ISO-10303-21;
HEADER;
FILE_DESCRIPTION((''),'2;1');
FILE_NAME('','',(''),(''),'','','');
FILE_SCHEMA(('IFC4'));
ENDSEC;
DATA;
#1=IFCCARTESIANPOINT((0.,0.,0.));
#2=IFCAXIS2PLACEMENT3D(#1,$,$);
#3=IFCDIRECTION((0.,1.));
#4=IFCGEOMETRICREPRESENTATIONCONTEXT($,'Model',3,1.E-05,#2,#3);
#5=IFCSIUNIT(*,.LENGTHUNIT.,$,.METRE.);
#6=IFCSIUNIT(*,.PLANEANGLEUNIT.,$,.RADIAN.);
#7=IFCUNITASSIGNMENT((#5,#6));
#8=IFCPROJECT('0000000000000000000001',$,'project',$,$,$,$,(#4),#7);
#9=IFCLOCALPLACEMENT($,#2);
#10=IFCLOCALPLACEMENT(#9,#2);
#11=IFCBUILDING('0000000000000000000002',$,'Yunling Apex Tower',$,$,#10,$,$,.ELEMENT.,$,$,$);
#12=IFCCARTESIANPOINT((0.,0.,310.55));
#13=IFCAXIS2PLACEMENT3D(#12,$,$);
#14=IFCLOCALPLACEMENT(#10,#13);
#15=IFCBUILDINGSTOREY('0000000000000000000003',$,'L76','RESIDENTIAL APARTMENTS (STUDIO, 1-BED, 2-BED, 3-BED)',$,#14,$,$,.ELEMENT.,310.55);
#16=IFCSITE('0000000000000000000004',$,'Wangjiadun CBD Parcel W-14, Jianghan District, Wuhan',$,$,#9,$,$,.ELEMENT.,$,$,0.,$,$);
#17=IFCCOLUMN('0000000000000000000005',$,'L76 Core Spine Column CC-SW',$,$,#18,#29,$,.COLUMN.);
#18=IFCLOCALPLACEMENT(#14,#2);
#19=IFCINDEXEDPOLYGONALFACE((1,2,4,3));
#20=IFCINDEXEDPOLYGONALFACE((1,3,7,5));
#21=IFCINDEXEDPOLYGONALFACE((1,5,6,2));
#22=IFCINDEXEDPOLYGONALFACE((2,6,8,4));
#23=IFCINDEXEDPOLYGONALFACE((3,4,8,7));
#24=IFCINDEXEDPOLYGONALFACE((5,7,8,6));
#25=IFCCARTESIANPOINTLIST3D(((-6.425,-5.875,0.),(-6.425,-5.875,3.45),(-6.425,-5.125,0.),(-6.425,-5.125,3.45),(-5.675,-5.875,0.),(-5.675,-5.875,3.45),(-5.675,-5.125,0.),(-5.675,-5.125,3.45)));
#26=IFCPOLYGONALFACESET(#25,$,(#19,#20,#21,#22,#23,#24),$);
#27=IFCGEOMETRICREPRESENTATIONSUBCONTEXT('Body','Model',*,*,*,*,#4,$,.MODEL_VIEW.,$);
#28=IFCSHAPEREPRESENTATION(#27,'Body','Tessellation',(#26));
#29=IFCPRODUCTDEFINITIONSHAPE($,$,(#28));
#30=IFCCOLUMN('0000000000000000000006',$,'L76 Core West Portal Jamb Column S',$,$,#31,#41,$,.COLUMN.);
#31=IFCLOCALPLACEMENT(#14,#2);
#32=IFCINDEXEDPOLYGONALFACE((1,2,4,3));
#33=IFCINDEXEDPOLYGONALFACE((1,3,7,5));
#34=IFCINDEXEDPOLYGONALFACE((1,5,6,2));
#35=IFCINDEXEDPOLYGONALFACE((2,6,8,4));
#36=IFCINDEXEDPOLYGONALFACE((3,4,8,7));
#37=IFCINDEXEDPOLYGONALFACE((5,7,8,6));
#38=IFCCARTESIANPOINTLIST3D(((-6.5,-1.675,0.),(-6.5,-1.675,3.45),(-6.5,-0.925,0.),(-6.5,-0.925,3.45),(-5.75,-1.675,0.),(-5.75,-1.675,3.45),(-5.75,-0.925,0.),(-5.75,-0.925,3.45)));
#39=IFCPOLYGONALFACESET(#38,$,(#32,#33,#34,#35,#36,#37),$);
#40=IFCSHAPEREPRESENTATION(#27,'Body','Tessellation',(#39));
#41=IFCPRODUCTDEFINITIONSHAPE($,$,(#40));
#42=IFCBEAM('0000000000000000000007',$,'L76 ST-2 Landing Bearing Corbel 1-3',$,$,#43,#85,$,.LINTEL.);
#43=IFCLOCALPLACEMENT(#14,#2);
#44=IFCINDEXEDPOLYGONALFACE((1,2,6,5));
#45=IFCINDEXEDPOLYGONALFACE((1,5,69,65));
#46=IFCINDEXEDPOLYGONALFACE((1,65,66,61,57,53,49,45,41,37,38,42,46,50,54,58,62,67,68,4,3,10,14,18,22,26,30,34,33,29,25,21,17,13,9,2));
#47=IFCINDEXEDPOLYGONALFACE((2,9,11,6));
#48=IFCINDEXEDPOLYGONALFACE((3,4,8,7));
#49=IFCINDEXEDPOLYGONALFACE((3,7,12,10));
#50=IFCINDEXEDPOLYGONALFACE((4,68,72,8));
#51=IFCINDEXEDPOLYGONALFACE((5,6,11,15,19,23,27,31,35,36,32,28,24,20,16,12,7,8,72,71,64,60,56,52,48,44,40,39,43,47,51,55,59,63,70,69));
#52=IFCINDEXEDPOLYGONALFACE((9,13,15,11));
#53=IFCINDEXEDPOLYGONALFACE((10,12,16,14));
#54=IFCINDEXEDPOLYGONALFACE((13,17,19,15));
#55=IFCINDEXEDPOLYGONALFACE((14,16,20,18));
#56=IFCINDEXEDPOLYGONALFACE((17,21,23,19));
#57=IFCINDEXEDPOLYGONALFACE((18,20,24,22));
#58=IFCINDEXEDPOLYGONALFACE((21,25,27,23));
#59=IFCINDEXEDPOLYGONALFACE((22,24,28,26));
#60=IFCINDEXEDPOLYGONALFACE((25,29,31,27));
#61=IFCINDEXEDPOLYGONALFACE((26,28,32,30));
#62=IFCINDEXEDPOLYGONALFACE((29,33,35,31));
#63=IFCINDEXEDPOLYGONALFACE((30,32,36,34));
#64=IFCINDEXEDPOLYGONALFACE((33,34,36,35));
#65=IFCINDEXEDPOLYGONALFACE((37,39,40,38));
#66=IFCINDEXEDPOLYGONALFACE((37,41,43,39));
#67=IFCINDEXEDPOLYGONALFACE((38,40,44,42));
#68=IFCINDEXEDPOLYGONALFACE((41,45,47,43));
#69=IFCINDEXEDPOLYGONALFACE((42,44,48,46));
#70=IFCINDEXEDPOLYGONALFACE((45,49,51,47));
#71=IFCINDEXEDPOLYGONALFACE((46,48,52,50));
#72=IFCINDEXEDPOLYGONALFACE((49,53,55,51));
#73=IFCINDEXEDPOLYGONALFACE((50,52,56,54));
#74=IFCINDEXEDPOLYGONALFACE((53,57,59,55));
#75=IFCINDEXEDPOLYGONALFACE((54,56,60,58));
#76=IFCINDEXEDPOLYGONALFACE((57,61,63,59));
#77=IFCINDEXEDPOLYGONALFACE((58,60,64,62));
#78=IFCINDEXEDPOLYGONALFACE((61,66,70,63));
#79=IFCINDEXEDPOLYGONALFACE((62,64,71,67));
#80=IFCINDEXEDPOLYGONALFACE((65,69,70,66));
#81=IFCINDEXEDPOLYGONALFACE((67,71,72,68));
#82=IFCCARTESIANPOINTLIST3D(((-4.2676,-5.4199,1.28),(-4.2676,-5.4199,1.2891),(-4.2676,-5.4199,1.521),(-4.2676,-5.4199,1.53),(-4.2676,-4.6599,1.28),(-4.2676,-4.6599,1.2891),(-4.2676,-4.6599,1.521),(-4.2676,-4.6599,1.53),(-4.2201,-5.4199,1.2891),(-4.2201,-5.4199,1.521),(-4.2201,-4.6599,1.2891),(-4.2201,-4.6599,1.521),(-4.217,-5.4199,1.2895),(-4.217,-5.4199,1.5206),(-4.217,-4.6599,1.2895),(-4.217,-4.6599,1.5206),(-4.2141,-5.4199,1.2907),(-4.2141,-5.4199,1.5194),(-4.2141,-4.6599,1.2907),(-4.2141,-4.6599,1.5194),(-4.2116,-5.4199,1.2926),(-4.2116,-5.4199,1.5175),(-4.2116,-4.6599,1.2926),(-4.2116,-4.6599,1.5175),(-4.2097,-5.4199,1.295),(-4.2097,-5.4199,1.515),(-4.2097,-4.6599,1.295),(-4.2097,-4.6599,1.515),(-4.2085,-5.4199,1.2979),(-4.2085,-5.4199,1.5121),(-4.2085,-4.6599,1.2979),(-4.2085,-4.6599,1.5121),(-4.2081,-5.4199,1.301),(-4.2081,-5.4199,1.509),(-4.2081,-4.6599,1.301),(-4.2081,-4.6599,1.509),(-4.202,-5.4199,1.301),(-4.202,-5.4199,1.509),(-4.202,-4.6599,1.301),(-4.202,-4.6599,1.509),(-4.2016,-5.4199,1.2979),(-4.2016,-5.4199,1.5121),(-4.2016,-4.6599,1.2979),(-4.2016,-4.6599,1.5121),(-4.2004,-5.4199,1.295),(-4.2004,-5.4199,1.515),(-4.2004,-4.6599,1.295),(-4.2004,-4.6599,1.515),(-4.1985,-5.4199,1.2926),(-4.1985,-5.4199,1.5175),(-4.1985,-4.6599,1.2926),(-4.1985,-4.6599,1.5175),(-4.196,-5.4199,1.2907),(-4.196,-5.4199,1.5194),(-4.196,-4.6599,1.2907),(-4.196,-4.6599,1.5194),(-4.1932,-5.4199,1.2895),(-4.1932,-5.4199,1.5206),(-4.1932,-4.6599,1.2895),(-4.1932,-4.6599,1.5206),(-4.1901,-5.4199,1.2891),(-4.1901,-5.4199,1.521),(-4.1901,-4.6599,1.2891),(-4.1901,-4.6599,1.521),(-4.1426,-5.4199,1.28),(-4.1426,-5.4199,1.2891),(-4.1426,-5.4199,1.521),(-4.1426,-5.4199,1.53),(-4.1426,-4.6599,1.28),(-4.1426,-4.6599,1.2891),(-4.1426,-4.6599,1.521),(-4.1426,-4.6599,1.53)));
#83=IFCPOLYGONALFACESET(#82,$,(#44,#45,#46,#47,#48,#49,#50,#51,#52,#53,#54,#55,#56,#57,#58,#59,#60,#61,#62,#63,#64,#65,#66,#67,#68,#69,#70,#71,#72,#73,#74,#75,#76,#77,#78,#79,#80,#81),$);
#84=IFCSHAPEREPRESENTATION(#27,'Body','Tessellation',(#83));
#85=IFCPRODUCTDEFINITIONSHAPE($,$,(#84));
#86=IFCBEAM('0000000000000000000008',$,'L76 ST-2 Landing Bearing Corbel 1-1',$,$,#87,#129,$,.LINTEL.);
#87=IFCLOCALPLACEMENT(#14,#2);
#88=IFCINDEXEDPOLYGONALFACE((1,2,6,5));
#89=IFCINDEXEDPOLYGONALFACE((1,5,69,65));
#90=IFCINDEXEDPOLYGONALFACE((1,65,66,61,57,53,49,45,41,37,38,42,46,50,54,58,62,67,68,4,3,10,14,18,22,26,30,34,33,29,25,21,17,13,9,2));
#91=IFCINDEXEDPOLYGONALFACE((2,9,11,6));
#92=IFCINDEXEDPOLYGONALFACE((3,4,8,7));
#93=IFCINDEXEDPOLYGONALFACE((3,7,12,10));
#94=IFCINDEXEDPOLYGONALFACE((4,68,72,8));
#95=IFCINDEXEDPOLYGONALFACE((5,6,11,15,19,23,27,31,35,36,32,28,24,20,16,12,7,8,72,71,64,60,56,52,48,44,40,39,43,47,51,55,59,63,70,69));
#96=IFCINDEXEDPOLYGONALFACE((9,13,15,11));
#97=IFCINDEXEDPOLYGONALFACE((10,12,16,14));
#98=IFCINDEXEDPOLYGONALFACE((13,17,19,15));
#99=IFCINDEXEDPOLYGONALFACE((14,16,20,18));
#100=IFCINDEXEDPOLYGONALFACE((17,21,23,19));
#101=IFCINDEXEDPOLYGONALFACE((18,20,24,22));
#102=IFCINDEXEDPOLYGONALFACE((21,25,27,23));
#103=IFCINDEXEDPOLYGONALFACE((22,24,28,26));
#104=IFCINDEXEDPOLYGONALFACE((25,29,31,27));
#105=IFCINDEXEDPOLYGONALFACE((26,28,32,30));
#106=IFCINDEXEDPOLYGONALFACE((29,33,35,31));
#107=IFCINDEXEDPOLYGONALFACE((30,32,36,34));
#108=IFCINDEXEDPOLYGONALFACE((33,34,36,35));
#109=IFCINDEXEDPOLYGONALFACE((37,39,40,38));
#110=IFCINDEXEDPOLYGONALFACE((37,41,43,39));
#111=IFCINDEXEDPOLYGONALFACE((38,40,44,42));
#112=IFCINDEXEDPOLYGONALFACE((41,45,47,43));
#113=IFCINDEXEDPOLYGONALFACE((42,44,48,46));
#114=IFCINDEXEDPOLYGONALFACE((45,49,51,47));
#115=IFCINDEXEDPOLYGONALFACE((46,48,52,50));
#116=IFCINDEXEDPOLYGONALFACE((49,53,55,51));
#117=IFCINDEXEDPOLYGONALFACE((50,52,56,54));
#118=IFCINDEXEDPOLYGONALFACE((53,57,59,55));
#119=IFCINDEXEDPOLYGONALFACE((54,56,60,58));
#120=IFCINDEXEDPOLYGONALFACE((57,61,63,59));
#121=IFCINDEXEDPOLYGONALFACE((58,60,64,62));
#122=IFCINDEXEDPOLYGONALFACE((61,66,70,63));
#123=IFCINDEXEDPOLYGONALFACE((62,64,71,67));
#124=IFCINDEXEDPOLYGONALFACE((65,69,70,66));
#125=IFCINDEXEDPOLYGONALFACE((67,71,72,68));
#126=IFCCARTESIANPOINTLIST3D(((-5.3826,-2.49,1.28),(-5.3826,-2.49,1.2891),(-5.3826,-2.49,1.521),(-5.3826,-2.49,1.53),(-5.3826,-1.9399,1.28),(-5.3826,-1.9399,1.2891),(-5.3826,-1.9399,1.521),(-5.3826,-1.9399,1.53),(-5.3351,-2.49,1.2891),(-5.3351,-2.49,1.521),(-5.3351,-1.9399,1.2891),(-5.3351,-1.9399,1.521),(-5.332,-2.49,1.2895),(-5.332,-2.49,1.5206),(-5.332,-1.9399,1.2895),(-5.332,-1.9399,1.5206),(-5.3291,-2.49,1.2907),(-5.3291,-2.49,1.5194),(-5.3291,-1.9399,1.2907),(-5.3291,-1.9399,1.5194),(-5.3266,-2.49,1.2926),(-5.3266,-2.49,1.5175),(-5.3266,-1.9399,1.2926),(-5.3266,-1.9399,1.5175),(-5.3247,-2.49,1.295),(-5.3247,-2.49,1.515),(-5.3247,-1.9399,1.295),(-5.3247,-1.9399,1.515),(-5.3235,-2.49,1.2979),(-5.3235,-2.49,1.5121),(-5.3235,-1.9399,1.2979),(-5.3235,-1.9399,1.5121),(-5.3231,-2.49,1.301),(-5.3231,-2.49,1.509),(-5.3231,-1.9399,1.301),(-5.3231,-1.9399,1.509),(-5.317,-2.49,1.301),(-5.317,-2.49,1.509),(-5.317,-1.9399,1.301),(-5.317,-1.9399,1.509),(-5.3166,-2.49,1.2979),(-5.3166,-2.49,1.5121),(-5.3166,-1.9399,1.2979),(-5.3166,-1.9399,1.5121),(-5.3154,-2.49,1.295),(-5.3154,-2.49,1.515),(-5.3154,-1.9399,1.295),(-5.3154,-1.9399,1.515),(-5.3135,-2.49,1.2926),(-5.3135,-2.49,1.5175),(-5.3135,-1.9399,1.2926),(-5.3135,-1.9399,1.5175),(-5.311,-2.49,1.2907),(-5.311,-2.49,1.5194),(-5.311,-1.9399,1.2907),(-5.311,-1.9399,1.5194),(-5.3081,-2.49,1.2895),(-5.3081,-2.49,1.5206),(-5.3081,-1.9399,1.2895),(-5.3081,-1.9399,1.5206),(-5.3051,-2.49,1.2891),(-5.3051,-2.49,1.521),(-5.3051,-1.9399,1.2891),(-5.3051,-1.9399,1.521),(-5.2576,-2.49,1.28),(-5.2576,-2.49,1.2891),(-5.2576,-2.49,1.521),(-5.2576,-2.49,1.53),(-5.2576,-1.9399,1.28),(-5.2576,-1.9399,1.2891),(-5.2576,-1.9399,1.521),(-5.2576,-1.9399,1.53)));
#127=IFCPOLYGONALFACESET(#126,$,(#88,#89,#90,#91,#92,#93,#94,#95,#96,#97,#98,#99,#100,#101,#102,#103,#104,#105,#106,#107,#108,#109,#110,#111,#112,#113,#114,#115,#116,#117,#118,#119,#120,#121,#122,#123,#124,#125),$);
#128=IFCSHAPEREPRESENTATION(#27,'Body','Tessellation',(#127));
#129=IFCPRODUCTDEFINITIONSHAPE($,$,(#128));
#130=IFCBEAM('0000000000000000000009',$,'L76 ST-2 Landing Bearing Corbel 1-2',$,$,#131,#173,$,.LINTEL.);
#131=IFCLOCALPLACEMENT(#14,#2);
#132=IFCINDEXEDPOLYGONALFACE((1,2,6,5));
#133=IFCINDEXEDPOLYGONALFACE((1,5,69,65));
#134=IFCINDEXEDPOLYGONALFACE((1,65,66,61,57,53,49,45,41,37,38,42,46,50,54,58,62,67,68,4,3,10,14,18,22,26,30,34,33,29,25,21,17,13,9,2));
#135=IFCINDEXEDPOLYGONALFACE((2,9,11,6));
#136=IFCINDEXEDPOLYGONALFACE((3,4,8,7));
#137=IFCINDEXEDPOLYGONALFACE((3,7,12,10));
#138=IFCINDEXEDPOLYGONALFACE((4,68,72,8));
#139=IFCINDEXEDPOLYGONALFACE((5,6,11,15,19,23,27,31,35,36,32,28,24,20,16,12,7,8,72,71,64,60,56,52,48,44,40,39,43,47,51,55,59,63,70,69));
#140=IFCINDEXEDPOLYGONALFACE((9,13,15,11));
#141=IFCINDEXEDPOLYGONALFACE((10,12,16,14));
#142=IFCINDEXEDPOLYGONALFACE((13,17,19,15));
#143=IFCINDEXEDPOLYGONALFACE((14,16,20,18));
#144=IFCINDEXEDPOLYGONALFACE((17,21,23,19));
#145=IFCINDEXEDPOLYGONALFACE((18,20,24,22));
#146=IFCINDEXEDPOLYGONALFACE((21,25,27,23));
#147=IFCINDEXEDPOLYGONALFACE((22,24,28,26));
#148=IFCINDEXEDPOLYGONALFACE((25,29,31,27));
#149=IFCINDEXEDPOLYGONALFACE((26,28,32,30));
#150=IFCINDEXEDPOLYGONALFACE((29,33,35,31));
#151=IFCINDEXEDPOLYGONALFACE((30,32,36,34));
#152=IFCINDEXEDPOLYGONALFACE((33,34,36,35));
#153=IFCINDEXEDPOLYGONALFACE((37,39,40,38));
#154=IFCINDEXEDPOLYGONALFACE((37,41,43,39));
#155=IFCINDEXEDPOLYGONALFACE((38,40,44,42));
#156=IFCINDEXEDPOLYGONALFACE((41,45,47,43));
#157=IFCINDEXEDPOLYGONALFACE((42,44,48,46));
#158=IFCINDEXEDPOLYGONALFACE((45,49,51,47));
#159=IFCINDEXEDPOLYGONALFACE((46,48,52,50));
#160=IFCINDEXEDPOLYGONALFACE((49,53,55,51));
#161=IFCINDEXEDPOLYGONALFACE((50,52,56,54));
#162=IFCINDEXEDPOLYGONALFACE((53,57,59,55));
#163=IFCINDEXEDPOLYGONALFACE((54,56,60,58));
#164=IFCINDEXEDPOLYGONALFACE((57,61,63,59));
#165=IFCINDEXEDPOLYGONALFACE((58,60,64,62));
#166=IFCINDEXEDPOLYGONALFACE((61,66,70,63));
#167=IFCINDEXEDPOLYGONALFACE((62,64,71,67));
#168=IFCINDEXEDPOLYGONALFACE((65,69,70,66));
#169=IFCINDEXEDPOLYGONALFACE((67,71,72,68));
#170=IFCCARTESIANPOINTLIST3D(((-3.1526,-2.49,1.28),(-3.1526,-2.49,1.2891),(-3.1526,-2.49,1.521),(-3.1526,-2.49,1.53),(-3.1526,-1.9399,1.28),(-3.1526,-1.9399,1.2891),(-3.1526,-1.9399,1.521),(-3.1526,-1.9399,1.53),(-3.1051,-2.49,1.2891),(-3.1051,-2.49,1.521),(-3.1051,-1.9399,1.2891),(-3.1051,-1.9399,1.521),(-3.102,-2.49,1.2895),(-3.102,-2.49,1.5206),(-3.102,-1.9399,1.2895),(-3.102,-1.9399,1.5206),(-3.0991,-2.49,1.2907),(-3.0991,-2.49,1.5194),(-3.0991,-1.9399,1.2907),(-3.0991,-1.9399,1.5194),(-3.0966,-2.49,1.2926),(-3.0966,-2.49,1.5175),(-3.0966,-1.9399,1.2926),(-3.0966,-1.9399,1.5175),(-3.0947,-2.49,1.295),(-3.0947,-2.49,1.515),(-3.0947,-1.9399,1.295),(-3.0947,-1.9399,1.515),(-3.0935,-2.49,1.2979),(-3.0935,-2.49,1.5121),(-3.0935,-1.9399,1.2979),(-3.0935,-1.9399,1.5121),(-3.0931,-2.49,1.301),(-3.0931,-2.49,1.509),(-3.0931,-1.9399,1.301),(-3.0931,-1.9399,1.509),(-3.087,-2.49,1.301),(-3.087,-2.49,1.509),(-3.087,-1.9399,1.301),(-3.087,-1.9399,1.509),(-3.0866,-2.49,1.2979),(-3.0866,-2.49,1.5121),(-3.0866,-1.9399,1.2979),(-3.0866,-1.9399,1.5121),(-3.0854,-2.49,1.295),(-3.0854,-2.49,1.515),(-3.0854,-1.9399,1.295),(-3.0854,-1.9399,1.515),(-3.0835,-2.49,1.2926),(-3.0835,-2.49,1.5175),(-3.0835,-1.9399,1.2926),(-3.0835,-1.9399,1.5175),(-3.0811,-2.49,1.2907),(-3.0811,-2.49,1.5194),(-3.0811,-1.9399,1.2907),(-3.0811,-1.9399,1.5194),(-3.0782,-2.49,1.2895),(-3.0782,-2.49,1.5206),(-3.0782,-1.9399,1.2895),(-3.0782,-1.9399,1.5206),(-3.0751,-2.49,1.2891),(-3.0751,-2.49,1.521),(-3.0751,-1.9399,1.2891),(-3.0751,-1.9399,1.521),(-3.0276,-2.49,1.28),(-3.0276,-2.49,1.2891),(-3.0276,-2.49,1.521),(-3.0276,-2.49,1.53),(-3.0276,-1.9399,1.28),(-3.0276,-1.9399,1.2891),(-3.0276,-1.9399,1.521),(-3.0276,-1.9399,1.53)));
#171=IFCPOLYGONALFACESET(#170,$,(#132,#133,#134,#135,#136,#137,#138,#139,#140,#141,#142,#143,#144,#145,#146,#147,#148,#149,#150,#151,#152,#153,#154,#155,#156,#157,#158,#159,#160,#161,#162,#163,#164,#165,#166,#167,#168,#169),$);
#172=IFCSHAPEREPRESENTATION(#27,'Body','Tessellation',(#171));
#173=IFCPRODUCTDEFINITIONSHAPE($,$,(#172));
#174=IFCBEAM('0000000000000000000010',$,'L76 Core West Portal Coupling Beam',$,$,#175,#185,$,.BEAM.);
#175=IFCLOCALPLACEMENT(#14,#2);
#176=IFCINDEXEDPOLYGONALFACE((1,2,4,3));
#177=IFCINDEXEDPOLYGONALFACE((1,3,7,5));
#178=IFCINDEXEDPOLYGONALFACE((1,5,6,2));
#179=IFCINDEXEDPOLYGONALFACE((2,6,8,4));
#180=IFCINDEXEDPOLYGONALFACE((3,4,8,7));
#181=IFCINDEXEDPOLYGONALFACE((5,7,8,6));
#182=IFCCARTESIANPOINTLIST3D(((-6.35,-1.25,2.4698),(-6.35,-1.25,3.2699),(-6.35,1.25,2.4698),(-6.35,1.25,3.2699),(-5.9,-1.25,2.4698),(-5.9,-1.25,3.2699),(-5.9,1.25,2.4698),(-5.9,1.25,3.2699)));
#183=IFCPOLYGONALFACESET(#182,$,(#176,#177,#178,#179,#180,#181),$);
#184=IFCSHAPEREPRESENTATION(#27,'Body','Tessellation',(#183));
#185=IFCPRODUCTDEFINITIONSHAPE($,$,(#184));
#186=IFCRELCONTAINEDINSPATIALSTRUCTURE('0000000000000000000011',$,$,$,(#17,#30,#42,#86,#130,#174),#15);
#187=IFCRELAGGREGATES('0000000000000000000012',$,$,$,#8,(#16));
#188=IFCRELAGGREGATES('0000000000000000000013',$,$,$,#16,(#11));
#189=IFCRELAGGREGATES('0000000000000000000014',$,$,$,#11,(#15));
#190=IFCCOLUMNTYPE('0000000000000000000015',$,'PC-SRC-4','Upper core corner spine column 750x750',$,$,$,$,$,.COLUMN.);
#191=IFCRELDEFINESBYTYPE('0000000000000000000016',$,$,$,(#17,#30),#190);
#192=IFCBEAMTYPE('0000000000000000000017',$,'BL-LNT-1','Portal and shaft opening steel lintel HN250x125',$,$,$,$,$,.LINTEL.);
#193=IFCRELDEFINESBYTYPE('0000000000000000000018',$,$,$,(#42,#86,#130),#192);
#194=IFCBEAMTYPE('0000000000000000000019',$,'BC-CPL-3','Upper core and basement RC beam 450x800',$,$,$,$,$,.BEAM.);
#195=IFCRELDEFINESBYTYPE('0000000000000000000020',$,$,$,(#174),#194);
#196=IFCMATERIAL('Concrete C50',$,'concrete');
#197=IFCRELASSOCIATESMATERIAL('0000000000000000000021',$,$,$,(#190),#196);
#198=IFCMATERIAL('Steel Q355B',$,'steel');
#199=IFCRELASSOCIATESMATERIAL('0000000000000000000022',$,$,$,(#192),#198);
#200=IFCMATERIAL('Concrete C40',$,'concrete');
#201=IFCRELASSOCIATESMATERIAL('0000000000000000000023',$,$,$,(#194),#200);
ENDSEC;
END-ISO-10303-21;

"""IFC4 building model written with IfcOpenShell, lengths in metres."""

from ifc_helpers import new_model, si_unit, direction, frame, origin, origin_2d, place, context, subcontext, project, spatial, rectangle, i_section, extrude, source, transform, mapped, material, material_profile, profile_set, type_object, element, save


model = new_model("IFC4")

# Units and contexts
model_context = context("Model", 3, precision=1e-05, world=origin(), true_north=direction((0.0, 1.0)))
body_context = subcontext(model_context, "Body", "Model", "MODEL_VIEW")
ifc_project = project(units=[si_unit("LENGTHUNIT", "METRE"), si_unit("PLANEANGLEUNIT", "RADIAN")], contexts=[model_context])

# Site, building, storey
site_placement = place(None, origin())
site = spatial("IfcSite", under=ifc_project, at=site_placement, Name="Wangjiadun CBD Parcel W-14, Jianghan District, Wuhan", CompositionType="ELEMENT", RefElevation=0.0)
building_placement = place(site_placement, origin())
building = spatial("IfcBuilding", under=site, at=building_placement, Name="Yunling Apex Tower", CompositionType="ELEMENT")
storey_placement = place(building_placement, frame((0.0, 0.0, 310.55)))
storey = spatial("IfcBuildingStorey", under=building, at=storey_placement, Name="L76", Description="RESIDENTIAL APARTMENTS (STUDIO, 1-BED, 2-BED, 3-BED)", CompositionType="ELEMENT", Elevation=310.55)

# Columns
ifc_material_1 = material(Name="Concrete C50", Category="concrete")
ifc_material_profile_1 = material_profile(ifc_material_1, rectangle(XDim=0.75, YDim=0.75, at=origin_2d()))
ifc_profile_set_1 = profile_set([ifc_material_profile_1], Name="Concrete C50")
column_type = type_object("IfcColumnType", Name="PC-SRC-4", Description="Upper core corner spine column 750x750", PredefinedType="COLUMN", material=ifc_profile_set_1)
shared_shape_1 = source(origin(), body_context, "Body", "SweptSolid", [
    extrude(rectangle(XDim=0.75, YDim=0.75, at=origin_2d()), origin(), (0.0, 0.0, 1.0), 3.45),
])
for number, where, z_axis, x_axis, name in (
    (1, (-6.05, -5.5, 0.0), (0.0, 0.0, 1.0), (1.0, 0.0, 0.0), "L76 Core Spine Column CC-SW"),
    (2, (-6.125, -1.3, 0.0), (0.0, 0.0, 1.0), (1.0, 0.0, 0.0), "L76 Core West Portal Jamb Column S"),
):
    element("IfcColumn", number, at=place(storey_placement, frame(where, z_axis=z_axis, x_axis=x_axis)), inside=storey, type_object=column_type, Name=name, PredefinedType="COLUMN", context=body_context, shape_type="MappedRepresentation", body=[
        mapped(shared_shape_1, transform((0.0, 0.0, 0.0), scale=1.0)),
    ])

# Beams
ifc_material_2 = material(Name="Steel Q355B", Category="steel")
ifc_material_profile_2 = material_profile(ifc_material_2, i_section(OverallWidth=0.125, OverallDepth=0.25, WebThickness=0.0061, FlangeThickness=0.009, FilletRadius=0.012, at=origin_2d()))
ifc_profile_set_2 = profile_set([ifc_material_profile_2], Name="Steel Q355B")
beam_type_1 = type_object("IfcBeamType", Name="BL-LNT-1", Description="Portal and shaft opening steel lintel HN250x125", PredefinedType="LINTEL", material=ifc_profile_set_2)
shared_shape_2 = source(origin(), body_context, "Body", "SweptSolid", [
    extrude(i_section(OverallWidth=0.125, OverallDepth=0.25, WebThickness=0.0061, FlangeThickness=0.009, FilletRadius=0.012, at=origin_2d()), origin(), (0.0, 0.0, 1.0), 0.76),
])
beam_1_placement = place(storey_placement, frame((-4.2051, -5.4199, 1.405), z_axis=(0.0, 1.0, 0.0), x_axis=(-1.0, 0.0, 0.0)))
element("IfcBeam", 3, at=beam_1_placement, inside=storey, type_object=beam_type_1, Name="L76 ST-2 Landing Bearing Corbel 1-3", PredefinedType="LINTEL", context=body_context, shape_type="MappedRepresentation", body=[
    mapped(shared_shape_2, transform((0.0, 0.0, 0.0), scale=1.0)),
])
shared_shape_3 = source(origin(), body_context, "Body", "SweptSolid", [
    extrude(i_section(OverallWidth=0.125, OverallDepth=0.25, WebThickness=0.0061, FlangeThickness=0.009, FilletRadius=0.012, at=origin_2d()), origin(), (0.0, 0.0, 1.0), 0.55),
])
for number, where, z_axis, x_axis, name in (
    (4, (-5.3201, -1.9399, 1.405), (0.0, -1.0, 0.0), (1.0, 0.0, 0.0), "L76 ST-2 Landing Bearing Corbel 1-1"),
    (5, (-3.0901, -1.9399, 1.405), (0.0, -1.0, 0.0), (1.0, 0.0, 0.0), "L76 ST-2 Landing Bearing Corbel 1-2"),
):
    element("IfcBeam", number, at=place(storey_placement, frame(where, z_axis=z_axis, x_axis=x_axis)), inside=storey, type_object=beam_type_1, Name=name, PredefinedType="LINTEL", context=body_context, shape_type="MappedRepresentation", body=[
        mapped(shared_shape_3, transform((0.0, 0.0, 0.0), scale=1.0)),
    ])
ifc_material_3 = material(Name="Concrete C40", Category="concrete")
ifc_material_profile_3 = material_profile(ifc_material_3, rectangle(XDim=0.45, YDim=0.8, at=origin_2d()))
ifc_profile_set_3 = profile_set([ifc_material_profile_3], Name="Concrete C40")
beam_type_2 = type_object("IfcBeamType", Name="BC-CPL-3", Description="Upper core and basement RC beam 450x800", PredefinedType="BEAM", material=ifc_profile_set_3)
shared_shape_4 = source(origin(), body_context, "Body", "SweptSolid", [
    extrude(rectangle(XDim=0.45, YDim=0.8, at=origin_2d()), origin(), (0.0, 0.0, 1.0), 2.5),
])
beam_2_placement = place(storey_placement, frame((-6.125, -1.25, 2.8699), z_axis=(0.0, 1.0, 0.0), x_axis=(-1.0, 0.0, 0.0)))
element("IfcBeam", 6, at=beam_2_placement, inside=storey, type_object=beam_type_2, Name="L76 Core West Portal Coupling Beam", PredefinedType="BEAM", context=body_context, shape_type="MappedRepresentation", body=[
    mapped(shared_shape_4, transform((0.0, 0.0, 0.0), scale=1.0)),
])

save(model, "model.ifc")
